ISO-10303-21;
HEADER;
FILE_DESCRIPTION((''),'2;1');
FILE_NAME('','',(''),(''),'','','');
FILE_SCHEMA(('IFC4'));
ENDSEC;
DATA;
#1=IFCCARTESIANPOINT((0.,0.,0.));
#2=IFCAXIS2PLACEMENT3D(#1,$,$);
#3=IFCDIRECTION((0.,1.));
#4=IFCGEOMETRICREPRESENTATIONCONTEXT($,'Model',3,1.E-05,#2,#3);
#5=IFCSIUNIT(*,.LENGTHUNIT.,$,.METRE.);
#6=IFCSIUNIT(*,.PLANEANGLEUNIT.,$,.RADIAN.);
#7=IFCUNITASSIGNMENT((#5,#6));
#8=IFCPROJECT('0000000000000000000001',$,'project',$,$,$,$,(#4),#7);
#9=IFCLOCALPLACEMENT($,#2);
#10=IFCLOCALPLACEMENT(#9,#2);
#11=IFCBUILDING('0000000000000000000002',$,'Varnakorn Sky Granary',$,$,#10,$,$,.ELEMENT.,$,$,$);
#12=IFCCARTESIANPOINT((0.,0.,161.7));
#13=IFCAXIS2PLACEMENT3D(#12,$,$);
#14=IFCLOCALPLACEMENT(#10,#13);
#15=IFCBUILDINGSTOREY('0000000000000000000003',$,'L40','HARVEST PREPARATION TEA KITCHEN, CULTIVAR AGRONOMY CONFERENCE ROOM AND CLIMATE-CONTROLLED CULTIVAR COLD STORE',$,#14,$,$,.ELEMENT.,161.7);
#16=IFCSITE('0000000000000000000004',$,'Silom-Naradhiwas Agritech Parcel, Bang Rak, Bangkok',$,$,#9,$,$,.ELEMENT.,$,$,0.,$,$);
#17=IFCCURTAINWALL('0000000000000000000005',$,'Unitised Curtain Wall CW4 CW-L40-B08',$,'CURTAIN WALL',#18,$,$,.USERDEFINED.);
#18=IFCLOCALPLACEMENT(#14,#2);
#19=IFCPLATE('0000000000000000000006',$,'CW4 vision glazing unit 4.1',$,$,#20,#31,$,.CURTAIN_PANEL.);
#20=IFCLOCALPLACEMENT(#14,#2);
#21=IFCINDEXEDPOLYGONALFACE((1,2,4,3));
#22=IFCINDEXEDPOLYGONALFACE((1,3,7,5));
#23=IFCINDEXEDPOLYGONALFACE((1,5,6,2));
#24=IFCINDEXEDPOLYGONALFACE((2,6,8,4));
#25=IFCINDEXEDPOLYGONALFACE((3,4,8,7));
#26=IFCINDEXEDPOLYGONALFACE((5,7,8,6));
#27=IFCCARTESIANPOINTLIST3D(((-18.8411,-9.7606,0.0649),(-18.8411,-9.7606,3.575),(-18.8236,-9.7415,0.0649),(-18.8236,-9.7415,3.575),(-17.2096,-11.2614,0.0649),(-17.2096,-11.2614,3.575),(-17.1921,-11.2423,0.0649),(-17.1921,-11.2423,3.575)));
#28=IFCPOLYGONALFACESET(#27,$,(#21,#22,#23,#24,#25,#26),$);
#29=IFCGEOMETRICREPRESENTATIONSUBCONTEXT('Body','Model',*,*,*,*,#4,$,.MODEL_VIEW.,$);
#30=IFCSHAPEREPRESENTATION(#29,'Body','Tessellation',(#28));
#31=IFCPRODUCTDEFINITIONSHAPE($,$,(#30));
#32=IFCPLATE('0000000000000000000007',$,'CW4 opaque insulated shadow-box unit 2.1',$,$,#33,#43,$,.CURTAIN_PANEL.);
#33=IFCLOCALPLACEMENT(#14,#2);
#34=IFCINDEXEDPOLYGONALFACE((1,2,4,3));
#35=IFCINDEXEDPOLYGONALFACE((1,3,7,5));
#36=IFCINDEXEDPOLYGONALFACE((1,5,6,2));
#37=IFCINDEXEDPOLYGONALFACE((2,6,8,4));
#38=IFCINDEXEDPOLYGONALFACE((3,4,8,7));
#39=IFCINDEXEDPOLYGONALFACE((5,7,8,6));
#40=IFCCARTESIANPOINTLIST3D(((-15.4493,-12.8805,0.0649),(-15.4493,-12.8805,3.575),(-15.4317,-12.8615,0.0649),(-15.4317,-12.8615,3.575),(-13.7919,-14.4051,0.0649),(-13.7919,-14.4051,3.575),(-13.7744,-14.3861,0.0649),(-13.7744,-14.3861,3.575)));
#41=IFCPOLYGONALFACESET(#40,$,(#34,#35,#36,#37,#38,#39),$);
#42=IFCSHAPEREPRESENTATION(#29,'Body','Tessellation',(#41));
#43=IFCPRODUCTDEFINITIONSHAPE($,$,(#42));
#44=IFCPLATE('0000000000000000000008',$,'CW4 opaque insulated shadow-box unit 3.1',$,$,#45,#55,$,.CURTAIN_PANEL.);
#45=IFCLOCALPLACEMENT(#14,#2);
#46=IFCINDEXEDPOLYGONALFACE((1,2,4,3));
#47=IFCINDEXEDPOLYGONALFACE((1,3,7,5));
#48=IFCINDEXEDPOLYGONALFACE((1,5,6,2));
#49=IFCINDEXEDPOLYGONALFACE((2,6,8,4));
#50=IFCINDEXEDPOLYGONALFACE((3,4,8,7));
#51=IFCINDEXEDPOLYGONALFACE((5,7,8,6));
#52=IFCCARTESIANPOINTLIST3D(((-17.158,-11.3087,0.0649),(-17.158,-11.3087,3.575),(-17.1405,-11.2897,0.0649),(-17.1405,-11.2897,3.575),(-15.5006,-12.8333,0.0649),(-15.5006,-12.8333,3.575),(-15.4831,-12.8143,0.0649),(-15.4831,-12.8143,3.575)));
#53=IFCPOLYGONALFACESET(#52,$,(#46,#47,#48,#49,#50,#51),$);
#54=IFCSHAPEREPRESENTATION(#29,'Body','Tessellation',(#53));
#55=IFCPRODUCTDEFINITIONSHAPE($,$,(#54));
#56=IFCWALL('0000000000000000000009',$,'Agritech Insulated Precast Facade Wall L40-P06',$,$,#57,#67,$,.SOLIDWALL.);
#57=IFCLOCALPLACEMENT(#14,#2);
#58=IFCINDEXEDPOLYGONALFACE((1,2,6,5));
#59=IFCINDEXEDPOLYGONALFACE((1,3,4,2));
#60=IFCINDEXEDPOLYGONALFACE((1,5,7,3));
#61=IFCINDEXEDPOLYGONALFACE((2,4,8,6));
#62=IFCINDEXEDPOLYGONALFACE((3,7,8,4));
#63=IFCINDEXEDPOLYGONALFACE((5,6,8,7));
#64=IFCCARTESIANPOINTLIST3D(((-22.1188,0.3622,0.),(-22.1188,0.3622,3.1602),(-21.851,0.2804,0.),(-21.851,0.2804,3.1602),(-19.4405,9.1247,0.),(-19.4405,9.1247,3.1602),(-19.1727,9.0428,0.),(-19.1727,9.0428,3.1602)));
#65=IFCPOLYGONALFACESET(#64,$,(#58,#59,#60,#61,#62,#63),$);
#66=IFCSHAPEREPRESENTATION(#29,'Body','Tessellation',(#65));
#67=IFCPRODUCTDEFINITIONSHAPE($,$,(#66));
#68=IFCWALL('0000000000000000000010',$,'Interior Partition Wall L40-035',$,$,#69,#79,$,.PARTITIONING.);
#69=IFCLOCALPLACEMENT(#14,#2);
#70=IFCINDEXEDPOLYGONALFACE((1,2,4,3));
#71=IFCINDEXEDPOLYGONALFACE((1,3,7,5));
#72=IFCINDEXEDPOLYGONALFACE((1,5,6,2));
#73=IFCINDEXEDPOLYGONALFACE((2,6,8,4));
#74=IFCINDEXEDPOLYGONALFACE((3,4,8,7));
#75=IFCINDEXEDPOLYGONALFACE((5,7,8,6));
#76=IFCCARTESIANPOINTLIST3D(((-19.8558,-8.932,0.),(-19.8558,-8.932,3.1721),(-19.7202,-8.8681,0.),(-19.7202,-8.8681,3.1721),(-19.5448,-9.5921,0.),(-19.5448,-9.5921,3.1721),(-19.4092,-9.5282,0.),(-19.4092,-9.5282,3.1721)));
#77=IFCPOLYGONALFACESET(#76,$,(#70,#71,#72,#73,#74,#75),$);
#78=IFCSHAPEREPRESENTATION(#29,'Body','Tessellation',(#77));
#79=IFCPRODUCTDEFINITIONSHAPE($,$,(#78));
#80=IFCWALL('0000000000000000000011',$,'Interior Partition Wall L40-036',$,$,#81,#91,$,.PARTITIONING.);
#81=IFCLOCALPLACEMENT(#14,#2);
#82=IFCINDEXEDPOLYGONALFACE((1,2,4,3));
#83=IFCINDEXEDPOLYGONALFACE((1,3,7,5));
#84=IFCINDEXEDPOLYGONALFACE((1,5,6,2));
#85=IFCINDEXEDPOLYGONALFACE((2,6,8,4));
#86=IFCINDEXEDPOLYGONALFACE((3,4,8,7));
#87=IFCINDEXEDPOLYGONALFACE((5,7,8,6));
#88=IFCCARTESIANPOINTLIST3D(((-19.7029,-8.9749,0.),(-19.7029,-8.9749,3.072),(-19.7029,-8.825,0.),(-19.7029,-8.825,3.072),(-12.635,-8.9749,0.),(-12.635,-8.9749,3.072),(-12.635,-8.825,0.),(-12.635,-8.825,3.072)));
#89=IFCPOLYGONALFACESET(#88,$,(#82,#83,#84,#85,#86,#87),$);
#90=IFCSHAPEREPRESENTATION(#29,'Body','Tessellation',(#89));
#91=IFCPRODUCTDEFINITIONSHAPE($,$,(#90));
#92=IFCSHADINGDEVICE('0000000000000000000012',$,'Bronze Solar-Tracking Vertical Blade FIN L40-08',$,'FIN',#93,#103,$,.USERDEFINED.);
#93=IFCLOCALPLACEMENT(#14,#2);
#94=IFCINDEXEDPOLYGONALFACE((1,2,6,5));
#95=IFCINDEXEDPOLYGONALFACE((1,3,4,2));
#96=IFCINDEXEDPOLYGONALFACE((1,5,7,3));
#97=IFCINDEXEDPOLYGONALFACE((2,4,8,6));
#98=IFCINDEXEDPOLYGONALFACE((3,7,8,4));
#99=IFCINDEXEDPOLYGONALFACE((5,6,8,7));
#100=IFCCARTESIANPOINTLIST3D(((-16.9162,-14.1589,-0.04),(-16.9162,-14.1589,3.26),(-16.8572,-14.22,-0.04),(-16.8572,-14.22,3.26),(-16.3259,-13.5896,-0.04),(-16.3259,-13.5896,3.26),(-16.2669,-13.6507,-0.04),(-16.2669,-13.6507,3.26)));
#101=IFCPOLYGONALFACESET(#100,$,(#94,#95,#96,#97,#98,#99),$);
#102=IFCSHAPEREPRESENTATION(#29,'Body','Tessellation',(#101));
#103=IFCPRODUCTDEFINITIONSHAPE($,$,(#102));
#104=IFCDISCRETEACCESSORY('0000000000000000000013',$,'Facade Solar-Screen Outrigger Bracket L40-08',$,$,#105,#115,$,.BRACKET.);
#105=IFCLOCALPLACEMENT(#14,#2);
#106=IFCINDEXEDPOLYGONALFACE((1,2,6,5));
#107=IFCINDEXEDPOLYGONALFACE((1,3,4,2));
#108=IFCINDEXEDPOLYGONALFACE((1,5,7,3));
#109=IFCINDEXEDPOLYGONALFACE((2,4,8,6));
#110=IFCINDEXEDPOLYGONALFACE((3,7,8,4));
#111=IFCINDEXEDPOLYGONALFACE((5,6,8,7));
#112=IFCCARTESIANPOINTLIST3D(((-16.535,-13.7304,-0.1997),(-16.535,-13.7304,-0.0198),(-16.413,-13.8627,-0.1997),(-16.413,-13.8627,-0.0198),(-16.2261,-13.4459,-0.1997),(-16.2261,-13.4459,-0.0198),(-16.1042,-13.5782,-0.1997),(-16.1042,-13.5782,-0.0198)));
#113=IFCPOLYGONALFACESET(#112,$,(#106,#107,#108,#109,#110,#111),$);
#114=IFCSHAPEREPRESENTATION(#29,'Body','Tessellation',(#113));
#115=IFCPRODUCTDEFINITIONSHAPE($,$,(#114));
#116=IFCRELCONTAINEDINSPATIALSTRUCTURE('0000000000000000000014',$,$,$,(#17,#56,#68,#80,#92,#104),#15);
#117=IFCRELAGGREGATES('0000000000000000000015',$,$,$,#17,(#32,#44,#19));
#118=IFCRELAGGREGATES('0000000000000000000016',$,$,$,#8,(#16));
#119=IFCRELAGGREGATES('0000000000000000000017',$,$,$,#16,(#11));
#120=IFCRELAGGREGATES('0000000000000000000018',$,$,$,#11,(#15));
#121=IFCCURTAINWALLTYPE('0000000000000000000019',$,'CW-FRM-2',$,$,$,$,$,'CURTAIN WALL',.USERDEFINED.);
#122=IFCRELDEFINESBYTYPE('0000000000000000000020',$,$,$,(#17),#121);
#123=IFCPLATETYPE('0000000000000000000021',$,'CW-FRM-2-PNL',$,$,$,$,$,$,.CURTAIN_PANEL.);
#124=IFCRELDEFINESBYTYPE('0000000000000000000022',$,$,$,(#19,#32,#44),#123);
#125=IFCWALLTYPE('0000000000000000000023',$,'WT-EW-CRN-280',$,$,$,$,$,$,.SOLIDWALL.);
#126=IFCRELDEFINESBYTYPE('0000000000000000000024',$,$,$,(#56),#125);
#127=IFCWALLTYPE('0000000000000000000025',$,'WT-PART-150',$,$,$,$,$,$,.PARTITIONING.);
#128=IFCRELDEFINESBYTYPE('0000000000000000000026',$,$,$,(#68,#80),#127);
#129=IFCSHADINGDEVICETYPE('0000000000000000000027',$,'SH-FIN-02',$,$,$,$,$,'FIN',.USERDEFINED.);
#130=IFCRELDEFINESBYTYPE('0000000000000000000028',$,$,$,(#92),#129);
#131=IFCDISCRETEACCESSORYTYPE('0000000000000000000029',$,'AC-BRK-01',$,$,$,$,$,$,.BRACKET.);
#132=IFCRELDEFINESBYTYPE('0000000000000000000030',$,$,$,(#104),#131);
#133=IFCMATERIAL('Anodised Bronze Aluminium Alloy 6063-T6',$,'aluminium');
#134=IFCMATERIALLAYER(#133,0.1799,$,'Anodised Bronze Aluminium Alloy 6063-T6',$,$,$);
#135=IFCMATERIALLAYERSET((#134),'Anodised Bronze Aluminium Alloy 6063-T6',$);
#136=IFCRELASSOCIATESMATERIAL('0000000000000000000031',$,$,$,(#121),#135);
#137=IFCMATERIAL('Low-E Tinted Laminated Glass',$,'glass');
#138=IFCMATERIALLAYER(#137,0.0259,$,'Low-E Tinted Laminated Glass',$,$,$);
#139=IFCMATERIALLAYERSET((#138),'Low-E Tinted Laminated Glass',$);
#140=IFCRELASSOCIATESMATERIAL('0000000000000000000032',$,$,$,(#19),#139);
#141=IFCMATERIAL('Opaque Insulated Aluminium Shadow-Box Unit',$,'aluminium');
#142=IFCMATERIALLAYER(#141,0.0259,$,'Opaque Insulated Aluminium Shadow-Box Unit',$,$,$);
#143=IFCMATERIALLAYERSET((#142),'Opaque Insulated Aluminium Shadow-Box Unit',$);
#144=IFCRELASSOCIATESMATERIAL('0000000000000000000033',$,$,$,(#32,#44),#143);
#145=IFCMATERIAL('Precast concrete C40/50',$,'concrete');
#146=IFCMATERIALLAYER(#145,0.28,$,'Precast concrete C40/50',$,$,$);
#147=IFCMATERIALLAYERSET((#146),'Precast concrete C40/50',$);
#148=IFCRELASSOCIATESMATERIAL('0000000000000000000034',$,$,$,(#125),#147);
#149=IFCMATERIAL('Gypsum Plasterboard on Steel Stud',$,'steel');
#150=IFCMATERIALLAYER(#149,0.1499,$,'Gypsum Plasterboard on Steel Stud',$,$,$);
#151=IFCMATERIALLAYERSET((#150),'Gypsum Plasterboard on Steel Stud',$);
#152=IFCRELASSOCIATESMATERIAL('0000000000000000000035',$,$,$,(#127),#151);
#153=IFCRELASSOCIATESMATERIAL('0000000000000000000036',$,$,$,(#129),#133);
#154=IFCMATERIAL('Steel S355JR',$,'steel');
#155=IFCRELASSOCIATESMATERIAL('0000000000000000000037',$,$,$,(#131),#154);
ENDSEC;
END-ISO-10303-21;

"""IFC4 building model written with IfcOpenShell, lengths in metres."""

from ifc_helpers import new_model, si_unit, direction, frame, frame_2d, origin, origin_2d, place, context, subcontext, project, spatial, rectangle, extrude, source, transform, mapped, material, layer, layer_set, type_object, type_shapes, element, aggregate, save


model = new_model("IFC4")

# Units and contexts
model_context = context("Model", 3, precision=1e-05, world=origin(), true_north=direction((0.0, 1.0)))
body_context = subcontext(model_context, "Body", "Model", "MODEL_VIEW")
ifc_project = project(units=[si_unit("LENGTHUNIT", "METRE"), si_unit("PLANEANGLEUNIT", "RADIAN")], contexts=[model_context])

# Site, building, storey
site_placement = place(None, origin())
site = spatial("IfcSite", under=ifc_project, at=site_placement, Name="Silom-Naradhiwas Agritech Parcel, Bang Rak, Bangkok", CompositionType="ELEMENT", RefElevation=0.0)
building_placement = place(site_placement, origin())
building = spatial("IfcBuilding", under=site, at=building_placement, Name="Varnakorn Sky Granary", CompositionType="ELEMENT")
storey_placement = place(building_placement, frame((0.0, 0.0, 161.7)))
storey = spatial("IfcBuildingStorey", under=building, at=storey_placement, Name="L40", Description="HARVEST PREPARATION TEA KITCHEN, CULTIVAR AGRONOMY CONFERENCE ROOM AND CLIMATE-CONTROLLED CULTIVAR COLD STORE", CompositionType="ELEMENT", Elevation=161.7)

# Shared definitions
ifc_material_1 = material(Name="Steel S355JR", Category="steel")

# Curtain wall
ifc_material_2 = material(Name="Anodised Bronze Aluminium Alloy 6063-T6", Category="aluminium")
ifc_layer_1 = layer(ifc_material_2, 0.1799, Name="Anodised Bronze Aluminium Alloy 6063-T6")
ifc_layer_set_1 = layer_set([ifc_layer_1], Name="Anodised Bronze Aluminium Alloy 6063-T6")
curtain_wall_type = type_object("IfcCurtainWallType", Name="CW-FRM-2", ElementType="CURTAIN WALL", PredefinedType="USERDEFINED", material=ifc_layer_set_1)
curtain_wall_1_placement = place(storey_placement, origin())
curtain_wall_1 = element("IfcCurtainWall", 1, at=curtain_wall_1_placement, inside=storey, type_object=curtain_wall_type, Name="Unitised Curtain Wall CW4 CW-L40-B08", ObjectType="CURTAIN WALL", PredefinedType="USERDEFINED")

# Plates
ifc_material_3 = material(Name="Low-E Tinted Laminated Glass", Category="glass")
ifc_layer_2 = layer(ifc_material_3, 0.0259, Name="Low-E Tinted Laminated Glass")
ifc_layer_set_2 = layer_set([ifc_layer_2], Name="Low-E Tinted Laminated Glass")
plate_type = type_object("IfcPlateType", Name="CW-FRM-2-PNL", PredefinedType="CURTAIN_PANEL")
ifc_material_4 = material(Name="Opaque Insulated Aluminium Shadow-Box Unit", Category="aluminium")
ifc_layer_3 = layer(ifc_material_4, 0.0259, Name="Opaque Insulated Aluminium Shadow-Box Unit")
ifc_layer_set_3 = layer_set([ifc_layer_3], Name="Opaque Insulated Aluminium Shadow-Box Unit")
shared_shape_1 = source(origin(), body_context, "Body", "SweptSolid", [
    extrude(rectangle(XDim=2.2168, YDim=0.0259, at=origin_2d()), origin(), (0.0, 0.0, 1.0), 3.51),
])
plate_1_placement = place(storey_placement, frame((-18.0166, -10.5015, 0.0649), z_axis=(0.0, 0.0, 1.0), x_axis=(-0.735973, 0.677011, 0.0)))
plate_1 = element("IfcPlate", 2, at=plate_1_placement, type_object=plate_type, material=ifc_layer_set_2, Name="CW4 vision glazing unit 4.1", PredefinedType="CURTAIN_PANEL", context=body_context, shape_type="MappedRepresentation", body=[
    mapped(shared_shape_1, transform((0.0, 0.0, 0.0), x_axis=(1.0, 0.0, 0.0), y_axis=(0.0, 1.0, 0.0), z_axis=(0.0, 0.0, 1.0), scale=1.0)),
])
shared_shape_2 = source(origin(), body_context, "Body", "SweptSolid", [
    extrude(rectangle(XDim=2.252, YDim=0.0259, at=origin_2d()), origin(), (0.0, 0.0, 1.0), 3.51),
])
plate_2_placement = place(storey_placement, frame((-14.6118, -13.6333, 0.0649), z_axis=(0.0, 0.0, 1.0), x_axis=(-0.735973, 0.677011, 0.0)))
plate_2 = element("IfcPlate", 3, at=plate_2_placement, type_object=plate_type, material=ifc_layer_set_3, Name="CW4 opaque insulated shadow-box unit 2.1", PredefinedType="CURTAIN_PANEL", context=body_context, shape_type="MappedRepresentation", body=[
    mapped(shared_shape_2, transform((0.0, 0.0, 0.0), x_axis=(1.0, 0.0, 0.0), y_axis=(0.0, 1.0, 0.0), z_axis=(0.0, 0.0, 1.0), scale=1.0)),
])
plate_3_placement = place(storey_placement, frame((-16.3206, -12.0615, 0.0649), z_axis=(0.0, 0.0, 1.0), x_axis=(-0.735973, 0.677011, 0.0)))
plate_3 = element("IfcPlate", 4, at=plate_3_placement, type_object=plate_type, material=ifc_layer_set_3, Name="CW4 opaque insulated shadow-box unit 3.1", PredefinedType="CURTAIN_PANEL", context=body_context, shape_type="MappedRepresentation", body=[
    mapped(shared_shape_2, transform((0.0, 0.0, 0.0), x_axis=(1.0, 0.0, 0.0), y_axis=(0.0, 1.0, 0.0), z_axis=(0.0, 0.0, 1.0), scale=1.0)),
])
aggregate(curtain_wall_1, [plate_2, plate_3, plate_1])

# Walls
ifc_material_5 = material(Name="Precast concrete C40/50", Category="concrete")
ifc_layer_4 = layer(ifc_material_5, 0.28, Name="Precast concrete C40/50")
ifc_layer_set_4 = layer_set([ifc_layer_4], Name="Precast concrete C40/50")
wall_type_1 = type_object("IfcWallType", Name="WT-EW-CRN-280", PredefinedType="SOLIDWALL", material=ifc_layer_set_4)
wall_1_placement = place(storey_placement, frame((-21.9849, 0.3213, 0.0), z_axis=(0.0, 0.0, 1.0), x_axis=(0.292299, 0.956327, 0.0)))
element("IfcWall", 5, at=wall_1_placement, inside=storey, type_object=wall_type_1, Name="Agritech Insulated Precast Facade Wall L40-P06", PredefinedType="SOLIDWALL", context=body_context, shape_type="SweptSolid", body=[
    extrude(rectangle(XDim=9.1626, YDim=0.28, at=frame_2d((4.5813, 0.0))), origin(), (0.0, 0.0, 1.0), 3.1602),
])
ifc_material_6 = material(Name="Gypsum Plasterboard on Steel Stud", Category="steel")
ifc_layer_5 = layer(ifc_material_6, 0.1499, Name="Gypsum Plasterboard on Steel Stud")
ifc_layer_set_5 = layer_set([ifc_layer_5], Name="Gypsum Plasterboard on Steel Stud")
wall_type_2 = type_object("IfcWallType", Name="WT-PART-150", PredefinedType="PARTITIONING", material=ifc_layer_set_5)
wall_2_placement = place(storey_placement, frame((-19.4771, -9.5601, 0.0), z_axis=(0.0, 0.0, 1.0), x_axis=(-0.426216, 0.904621, 0.0)))
element("IfcWall", 6, at=wall_2_placement, inside=storey, type_object=wall_type_2, Name="Interior Partition Wall L40-035", PredefinedType="PARTITIONING", context=body_context, shape_type="SweptSolid", body=[
    extrude(rectangle(XDim=0.7297, YDim=0.1499, at=frame_2d((0.3647, 0.0))), origin(), (0.0, 0.0, 1.0), 3.1721),
])
wall_3_placement = place(storey_placement, frame((-19.7029, -8.8999, 0.0), z_axis=(0.0, 0.0, 1.0), x_axis=(1.0, 0.0, 0.0)))
element("IfcWall", 7, at=wall_3_placement, inside=storey, type_object=wall_type_2, Name="Interior Partition Wall L40-036", PredefinedType="PARTITIONING", context=body_context, shape_type="SweptSolid", body=[
    extrude(rectangle(XDim=7.0679, YDim=0.1499, at=frame_2d((3.5339, 0.0))), origin(), (0.0, 0.0, 1.0), 3.072),
])

# Shading device
shading_device_type = type_object("IfcShadingDeviceType", Name="SH-FIN-02", ElementType="FIN", PredefinedType="USERDEFINED", material=ifc_material_2)
shared_shape_3 = source(origin(), body_context, "Body", "SweptSolid", [
    extrude(rectangle(XDim=0.085, YDim=0.8201, at=origin_2d()), origin(), (0.0, 0.0, 1.0), 3.3),
])
type_shapes(shading_device_type, [shared_shape_3])
shading_device_placement = place(storey_placement, frame((-16.5916, -13.9048, -0.04), z_axis=(0.0, 0.0, 1.0), x_axis=(0.694205, -0.719777, 0.0)))
element("IfcShadingDevice", 8, at=shading_device_placement, inside=storey, type_object=shading_device_type, Name="Bronze Solar-Tracking Vertical Blade FIN L40-08", ObjectType="FIN", PredefinedType="USERDEFINED", context=body_context, shape_type="MappedRepresentation", body=[
    mapped(shared_shape_3, transform((0.0, 0.0, 0.0), x_axis=(1.0, 0.0, 0.0), y_axis=(0.0, 1.0, 0.0), z_axis=(0.0, 0.0, 1.0), scale=1.0)),
])

# Discrete accessory
discrete_accessory_type = type_object("IfcDiscreteAccessoryType", Name="AC-BRK-01", PredefinedType="BRACKET", material=ifc_material_1)
shared_shape_4 = source(origin(), body_context, "Body", "SweptSolid", [
    extrude(rectangle(XDim=0.1799, YDim=0.4199, at=origin_2d()), origin(), (0.0, 0.0, 1.0), 0.1799),
])
type_shapes(discrete_accessory_type, [shared_shape_4])
discrete_accessory_placement = place(storey_placement, frame((-16.3196, -13.6543, -0.1997), z_axis=(0.0, 0.0, 1.0), x_axis=(0.677602, -0.735428, 0.0)))
element("IfcDiscreteAccessory", 9, at=discrete_accessory_placement, inside=storey, type_object=discrete_accessory_type, Name="Facade Solar-Screen Outrigger Bracket L40-08", PredefinedType="BRACKET", context=body_context, shape_type="MappedRepresentation", body=[
    mapped(shared_shape_4, transform((0.0, 0.0, 0.0), x_axis=(1.0, 0.0, 0.0), y_axis=(0.0, 1.0, 0.0), z_axis=(0.0, 0.0, 1.0), scale=1.0)),
])

save(model, "model.ifc")
